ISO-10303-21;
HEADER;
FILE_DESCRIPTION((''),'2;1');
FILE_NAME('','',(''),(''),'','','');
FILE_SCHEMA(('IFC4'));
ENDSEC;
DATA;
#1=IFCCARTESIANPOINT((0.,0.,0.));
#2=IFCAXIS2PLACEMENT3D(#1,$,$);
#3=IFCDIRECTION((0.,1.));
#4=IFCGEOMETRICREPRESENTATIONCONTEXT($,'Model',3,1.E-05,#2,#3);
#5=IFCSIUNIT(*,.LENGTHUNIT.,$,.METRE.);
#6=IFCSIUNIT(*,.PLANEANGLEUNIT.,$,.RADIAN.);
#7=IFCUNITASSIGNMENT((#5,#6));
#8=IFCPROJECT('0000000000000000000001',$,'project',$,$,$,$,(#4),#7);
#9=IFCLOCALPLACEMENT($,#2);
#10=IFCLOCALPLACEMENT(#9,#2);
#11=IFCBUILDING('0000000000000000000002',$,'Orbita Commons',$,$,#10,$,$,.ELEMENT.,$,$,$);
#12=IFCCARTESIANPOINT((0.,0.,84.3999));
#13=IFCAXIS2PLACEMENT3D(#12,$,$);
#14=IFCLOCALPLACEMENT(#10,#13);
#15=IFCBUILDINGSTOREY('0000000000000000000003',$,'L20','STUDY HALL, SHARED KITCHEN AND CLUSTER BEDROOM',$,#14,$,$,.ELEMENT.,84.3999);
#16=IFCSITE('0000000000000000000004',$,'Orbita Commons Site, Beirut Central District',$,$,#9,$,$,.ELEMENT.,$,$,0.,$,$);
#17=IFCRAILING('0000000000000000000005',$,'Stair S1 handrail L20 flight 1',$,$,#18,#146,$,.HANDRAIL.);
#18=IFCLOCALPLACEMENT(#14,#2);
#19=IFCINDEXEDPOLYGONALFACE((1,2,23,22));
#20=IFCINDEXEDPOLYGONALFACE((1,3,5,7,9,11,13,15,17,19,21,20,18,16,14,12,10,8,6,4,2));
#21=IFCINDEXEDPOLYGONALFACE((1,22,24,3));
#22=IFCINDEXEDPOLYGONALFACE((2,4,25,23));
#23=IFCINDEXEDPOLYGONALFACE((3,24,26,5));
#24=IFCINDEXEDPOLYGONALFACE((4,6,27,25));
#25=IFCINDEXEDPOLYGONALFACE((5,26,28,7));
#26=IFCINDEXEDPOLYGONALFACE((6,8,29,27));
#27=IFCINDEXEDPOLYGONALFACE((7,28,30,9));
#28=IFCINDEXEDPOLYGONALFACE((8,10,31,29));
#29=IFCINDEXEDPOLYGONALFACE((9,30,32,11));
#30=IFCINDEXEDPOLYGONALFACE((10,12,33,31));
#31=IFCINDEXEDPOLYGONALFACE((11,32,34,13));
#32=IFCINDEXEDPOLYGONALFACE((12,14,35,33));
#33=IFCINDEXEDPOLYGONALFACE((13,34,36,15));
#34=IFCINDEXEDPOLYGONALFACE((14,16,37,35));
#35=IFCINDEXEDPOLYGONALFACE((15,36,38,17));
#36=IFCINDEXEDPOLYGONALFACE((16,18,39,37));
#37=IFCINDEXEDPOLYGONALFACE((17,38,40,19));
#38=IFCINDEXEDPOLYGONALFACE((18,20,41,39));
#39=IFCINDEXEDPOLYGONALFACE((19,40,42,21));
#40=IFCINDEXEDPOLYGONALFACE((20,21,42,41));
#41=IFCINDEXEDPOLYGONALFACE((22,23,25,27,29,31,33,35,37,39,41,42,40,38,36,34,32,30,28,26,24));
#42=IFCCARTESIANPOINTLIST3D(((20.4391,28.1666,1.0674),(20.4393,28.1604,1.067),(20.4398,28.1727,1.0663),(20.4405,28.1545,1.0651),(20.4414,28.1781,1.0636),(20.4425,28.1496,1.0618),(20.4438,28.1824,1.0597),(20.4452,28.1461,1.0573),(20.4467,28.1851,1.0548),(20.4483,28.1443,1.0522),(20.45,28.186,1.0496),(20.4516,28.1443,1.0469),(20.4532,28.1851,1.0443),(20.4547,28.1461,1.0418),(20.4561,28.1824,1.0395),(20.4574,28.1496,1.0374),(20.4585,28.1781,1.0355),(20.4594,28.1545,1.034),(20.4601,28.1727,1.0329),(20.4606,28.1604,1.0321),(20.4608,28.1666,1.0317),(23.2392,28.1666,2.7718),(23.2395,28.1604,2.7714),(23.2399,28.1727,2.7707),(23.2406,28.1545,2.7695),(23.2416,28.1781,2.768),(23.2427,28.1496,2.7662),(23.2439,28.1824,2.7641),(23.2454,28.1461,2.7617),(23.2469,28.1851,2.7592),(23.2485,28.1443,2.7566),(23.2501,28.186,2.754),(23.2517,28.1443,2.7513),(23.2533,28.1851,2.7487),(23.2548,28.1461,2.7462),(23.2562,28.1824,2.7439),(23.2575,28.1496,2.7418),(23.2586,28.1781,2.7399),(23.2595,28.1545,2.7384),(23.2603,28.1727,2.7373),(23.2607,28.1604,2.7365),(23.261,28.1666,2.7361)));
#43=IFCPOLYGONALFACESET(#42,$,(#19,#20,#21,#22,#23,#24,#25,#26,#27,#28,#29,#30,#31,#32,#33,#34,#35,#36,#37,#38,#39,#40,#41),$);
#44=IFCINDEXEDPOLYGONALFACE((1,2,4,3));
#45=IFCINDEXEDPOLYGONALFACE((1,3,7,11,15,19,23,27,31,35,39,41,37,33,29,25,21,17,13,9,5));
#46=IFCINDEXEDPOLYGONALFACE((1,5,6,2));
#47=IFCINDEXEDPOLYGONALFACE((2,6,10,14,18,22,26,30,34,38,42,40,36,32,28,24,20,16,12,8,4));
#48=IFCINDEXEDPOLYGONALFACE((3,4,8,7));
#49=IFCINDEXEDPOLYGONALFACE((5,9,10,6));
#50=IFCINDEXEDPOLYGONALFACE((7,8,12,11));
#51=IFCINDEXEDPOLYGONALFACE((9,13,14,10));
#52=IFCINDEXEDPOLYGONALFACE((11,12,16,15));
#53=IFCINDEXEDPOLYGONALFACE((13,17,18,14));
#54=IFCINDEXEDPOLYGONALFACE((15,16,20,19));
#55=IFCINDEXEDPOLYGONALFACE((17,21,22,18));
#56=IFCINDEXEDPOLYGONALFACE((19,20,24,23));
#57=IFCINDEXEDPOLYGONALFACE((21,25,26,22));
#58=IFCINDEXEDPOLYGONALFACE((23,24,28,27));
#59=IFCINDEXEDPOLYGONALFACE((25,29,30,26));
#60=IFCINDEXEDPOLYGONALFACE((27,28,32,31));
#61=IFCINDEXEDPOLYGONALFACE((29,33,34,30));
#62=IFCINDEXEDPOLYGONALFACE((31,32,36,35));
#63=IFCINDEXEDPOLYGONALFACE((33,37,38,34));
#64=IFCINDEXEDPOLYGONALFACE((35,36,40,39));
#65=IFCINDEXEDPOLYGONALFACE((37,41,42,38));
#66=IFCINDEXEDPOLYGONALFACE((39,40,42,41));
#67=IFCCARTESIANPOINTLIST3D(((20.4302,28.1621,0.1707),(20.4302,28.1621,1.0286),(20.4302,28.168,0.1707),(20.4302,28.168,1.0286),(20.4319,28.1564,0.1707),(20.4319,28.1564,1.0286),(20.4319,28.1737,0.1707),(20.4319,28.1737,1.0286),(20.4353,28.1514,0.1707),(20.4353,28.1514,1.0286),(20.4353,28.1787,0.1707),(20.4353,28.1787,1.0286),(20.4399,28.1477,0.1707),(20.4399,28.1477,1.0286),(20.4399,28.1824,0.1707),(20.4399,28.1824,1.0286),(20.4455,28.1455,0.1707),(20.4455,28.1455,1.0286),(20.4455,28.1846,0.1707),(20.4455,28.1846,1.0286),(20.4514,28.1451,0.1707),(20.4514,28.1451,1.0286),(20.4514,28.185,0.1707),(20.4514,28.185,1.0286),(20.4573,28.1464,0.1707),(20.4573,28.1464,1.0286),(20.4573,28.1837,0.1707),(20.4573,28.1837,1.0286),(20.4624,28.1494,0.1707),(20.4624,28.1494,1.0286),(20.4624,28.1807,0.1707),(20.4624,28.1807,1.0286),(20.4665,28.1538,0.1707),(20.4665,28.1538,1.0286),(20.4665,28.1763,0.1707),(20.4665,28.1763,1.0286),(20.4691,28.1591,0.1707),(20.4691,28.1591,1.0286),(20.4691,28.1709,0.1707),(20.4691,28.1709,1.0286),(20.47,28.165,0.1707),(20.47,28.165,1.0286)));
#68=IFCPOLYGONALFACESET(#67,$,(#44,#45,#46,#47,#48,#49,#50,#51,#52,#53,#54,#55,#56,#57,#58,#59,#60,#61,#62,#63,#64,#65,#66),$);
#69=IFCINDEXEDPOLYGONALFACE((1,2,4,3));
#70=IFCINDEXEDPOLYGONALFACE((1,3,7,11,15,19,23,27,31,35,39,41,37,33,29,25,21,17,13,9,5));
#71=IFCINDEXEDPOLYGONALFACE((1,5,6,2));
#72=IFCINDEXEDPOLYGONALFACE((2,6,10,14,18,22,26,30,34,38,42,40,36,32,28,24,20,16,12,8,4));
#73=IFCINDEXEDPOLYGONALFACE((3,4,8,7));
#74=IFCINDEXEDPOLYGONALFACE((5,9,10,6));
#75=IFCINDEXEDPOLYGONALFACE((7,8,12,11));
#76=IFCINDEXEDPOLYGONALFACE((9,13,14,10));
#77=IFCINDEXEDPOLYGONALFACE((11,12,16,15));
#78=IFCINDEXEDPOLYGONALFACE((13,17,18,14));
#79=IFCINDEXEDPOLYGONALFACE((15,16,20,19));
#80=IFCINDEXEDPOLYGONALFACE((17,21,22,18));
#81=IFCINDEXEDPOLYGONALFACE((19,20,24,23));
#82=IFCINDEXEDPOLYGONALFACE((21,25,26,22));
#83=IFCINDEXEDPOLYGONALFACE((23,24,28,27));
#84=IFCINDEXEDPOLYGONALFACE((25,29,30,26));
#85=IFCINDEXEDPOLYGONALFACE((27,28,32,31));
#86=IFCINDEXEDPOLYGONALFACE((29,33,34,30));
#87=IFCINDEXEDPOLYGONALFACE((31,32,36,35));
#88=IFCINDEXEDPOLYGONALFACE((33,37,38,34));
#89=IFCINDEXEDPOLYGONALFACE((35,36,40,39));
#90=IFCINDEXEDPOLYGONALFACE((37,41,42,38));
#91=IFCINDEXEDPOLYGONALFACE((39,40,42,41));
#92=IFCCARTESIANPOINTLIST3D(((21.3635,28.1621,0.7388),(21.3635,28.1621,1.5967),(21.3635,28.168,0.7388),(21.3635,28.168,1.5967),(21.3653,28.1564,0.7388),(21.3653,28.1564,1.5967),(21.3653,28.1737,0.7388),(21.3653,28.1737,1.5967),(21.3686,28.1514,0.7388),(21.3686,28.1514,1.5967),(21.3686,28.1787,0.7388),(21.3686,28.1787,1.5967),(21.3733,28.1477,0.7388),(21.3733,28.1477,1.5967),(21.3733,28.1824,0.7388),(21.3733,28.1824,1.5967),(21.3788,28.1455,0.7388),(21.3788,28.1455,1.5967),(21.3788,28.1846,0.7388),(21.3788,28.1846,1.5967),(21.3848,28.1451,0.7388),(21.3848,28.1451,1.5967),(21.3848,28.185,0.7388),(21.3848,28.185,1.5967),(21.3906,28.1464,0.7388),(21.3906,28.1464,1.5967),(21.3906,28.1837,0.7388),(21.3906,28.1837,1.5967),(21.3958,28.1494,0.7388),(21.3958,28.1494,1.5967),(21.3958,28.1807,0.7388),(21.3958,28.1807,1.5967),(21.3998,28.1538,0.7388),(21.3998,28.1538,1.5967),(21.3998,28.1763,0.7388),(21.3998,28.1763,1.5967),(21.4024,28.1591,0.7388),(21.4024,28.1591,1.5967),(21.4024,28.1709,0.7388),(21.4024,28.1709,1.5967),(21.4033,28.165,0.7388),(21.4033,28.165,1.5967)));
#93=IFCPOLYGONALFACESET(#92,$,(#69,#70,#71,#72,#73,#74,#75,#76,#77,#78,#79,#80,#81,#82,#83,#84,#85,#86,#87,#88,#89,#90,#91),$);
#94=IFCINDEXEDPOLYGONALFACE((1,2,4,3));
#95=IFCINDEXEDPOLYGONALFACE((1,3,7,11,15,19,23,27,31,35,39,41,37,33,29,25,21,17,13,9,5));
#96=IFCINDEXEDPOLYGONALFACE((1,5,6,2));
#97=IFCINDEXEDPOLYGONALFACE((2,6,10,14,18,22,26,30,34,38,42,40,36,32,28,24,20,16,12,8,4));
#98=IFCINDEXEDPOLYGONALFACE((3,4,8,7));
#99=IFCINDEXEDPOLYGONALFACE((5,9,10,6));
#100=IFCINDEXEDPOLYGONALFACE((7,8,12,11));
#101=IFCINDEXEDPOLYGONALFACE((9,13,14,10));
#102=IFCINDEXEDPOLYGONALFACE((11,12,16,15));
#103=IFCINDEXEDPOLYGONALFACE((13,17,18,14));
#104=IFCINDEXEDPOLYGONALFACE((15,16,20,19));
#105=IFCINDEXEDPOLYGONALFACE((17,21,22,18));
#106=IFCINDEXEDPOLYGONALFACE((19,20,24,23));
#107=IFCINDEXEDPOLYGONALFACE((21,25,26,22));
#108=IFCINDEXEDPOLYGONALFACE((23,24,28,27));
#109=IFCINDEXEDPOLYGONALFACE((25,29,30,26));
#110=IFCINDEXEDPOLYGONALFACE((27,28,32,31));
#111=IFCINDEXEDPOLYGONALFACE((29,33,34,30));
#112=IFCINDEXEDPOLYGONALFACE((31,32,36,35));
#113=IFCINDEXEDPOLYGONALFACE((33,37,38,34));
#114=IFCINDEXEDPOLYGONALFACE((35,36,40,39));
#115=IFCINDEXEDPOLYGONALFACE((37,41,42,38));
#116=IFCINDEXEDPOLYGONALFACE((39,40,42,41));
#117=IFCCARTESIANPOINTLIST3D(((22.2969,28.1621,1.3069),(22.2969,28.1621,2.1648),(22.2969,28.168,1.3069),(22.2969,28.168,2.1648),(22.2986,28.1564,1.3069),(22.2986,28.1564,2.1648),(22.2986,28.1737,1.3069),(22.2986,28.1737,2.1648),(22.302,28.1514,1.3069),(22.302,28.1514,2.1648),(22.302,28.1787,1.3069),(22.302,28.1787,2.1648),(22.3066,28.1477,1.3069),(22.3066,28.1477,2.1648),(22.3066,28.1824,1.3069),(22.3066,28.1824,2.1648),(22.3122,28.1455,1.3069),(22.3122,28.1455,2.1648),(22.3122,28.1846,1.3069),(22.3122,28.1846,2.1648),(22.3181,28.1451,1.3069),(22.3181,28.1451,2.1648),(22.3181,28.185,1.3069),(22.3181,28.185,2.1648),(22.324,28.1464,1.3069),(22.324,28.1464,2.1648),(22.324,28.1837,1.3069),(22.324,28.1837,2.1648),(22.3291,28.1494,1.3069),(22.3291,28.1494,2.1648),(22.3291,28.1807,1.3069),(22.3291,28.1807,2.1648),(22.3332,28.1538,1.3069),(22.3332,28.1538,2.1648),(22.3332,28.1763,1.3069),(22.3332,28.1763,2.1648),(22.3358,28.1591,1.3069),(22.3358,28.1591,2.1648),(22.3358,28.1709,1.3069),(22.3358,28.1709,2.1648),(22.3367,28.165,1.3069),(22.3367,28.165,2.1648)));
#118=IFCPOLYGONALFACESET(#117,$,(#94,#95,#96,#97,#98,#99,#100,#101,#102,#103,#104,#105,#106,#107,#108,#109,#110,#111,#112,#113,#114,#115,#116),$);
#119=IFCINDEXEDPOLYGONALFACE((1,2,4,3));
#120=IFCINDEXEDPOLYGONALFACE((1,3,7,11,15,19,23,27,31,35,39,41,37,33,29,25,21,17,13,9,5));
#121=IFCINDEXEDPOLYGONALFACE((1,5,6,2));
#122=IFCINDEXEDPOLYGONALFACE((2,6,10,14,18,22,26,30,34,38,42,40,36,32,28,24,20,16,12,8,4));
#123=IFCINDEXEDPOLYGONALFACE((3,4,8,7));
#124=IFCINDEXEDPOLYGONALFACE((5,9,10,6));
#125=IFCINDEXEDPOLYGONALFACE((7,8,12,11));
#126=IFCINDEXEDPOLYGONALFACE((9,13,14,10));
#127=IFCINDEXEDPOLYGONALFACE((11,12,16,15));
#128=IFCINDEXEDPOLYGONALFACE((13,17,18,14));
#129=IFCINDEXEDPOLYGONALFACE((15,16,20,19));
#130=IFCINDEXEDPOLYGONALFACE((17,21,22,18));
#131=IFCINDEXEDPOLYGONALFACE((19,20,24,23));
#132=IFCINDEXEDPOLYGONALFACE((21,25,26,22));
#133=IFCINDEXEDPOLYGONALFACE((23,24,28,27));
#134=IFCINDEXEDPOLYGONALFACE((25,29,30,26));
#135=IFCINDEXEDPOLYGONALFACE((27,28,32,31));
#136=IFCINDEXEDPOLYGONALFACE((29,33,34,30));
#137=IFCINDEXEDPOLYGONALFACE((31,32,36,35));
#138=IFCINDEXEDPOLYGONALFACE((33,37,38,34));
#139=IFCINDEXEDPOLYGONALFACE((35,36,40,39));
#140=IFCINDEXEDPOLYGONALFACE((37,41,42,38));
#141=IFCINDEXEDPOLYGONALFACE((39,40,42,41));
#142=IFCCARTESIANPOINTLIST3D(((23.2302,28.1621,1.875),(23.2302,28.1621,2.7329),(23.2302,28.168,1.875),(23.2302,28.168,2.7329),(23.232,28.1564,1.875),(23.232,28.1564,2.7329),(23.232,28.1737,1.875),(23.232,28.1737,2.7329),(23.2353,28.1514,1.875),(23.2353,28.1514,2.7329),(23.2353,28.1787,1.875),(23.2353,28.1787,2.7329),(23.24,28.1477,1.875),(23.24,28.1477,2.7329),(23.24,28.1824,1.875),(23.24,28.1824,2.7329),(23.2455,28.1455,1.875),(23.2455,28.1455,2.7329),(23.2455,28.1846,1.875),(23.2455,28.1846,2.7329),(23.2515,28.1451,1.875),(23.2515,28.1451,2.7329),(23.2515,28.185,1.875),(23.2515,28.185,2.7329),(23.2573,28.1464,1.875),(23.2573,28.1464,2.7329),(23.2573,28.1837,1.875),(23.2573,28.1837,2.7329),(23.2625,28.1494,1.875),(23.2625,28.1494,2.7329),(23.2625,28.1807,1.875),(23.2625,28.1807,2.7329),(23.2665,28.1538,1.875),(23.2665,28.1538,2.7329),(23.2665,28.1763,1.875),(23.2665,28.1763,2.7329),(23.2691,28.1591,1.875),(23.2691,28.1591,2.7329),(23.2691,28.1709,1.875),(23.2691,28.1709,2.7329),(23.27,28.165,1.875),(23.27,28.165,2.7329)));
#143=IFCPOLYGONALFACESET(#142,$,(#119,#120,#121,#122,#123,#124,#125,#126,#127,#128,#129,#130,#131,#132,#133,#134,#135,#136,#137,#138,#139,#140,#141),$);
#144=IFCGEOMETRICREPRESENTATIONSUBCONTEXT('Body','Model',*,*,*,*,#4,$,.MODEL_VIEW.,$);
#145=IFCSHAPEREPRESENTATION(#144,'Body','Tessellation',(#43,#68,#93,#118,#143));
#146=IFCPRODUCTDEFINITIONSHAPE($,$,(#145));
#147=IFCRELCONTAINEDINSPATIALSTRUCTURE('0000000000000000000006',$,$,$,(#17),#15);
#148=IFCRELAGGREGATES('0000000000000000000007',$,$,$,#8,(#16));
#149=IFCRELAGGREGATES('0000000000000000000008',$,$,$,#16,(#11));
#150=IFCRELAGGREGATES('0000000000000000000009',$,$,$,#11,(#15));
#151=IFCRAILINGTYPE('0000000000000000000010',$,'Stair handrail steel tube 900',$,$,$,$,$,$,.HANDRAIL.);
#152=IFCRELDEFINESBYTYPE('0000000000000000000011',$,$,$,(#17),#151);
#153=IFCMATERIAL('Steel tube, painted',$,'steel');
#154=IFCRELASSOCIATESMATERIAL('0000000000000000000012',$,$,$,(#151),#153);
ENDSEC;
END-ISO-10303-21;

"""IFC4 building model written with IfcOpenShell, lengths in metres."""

from ifc_helpers import new_model, si_unit, direction, frame, origin, origin_2d, place, context, subcontext, project, spatial, circle, extrude, material, type_object, element, save


model = new_model("IFC4")

# Units and contexts
model_context = context("Model", 3, precision=1e-05, world=origin(), true_north=direction((0.0, 1.0)))
body_context = subcontext(model_context, "Body", "Model", "MODEL_VIEW")
ifc_project = project(units=[si_unit("LENGTHUNIT", "METRE"), si_unit("PLANEANGLEUNIT", "RADIAN")], contexts=[model_context])

# Site, building, storey
site_placement = place(None, origin())
site = spatial("IfcSite", under=ifc_project, at=site_placement, Name="Orbita Commons Site, Beirut Central District", CompositionType="ELEMENT", RefElevation=0.0)
building_placement = place(site_placement, origin())
building = spatial("IfcBuilding", under=site, at=building_placement, Name="Orbita Commons", CompositionType="ELEMENT")
storey_placement = place(building_placement, frame((0.0, 0.0, 84.3999)))
storey = spatial("IfcBuildingStorey", under=building, at=storey_placement, Name="L20", Description="STUDY HALL, SHARED KITCHEN AND CLUSTER BEDROOM", CompositionType="ELEMENT", Elevation=84.3999)

# Railing
ifc_material_1 = material(Name="Steel tube, painted", Category="steel")
railing_type = type_object("IfcRailingType", Name="Stair handrail steel tube 900", PredefinedType="HANDRAIL", material=ifc_material_1)
railing_placement = place(storey_placement, frame((20.45, 28.165, 0.1707)))
element("IfcRailing", 1, at=railing_placement, inside=storey, type_object=railing_type, Name="Stair S1 handrail L20 flight 1", PredefinedType="HANDRAIL", context=body_context, shape_type="SweptSolid", body=[
    extrude(circle(Radius=0.021, at=origin_2d()), frame((0.0, 0.0, 0.8789), z_axis=(0.854203, 0.0, 0.51994), x_axis=(0.0, 1.0, 0.0)), (0.0, 0.0, 1.0), 3.2781),
    extrude(circle(Radius=0.02, at=origin_2d()), origin(), (0.0, 0.0, 1.0), 0.8579),
    extrude(circle(Radius=0.02, at=origin_2d()), frame((0.9333, 0.0, 0.5681)), (0.0, 0.0, 1.0), 0.8579),
    extrude(circle(Radius=0.02, at=origin_2d()), frame((1.8667, 0.0, 1.1362)), (0.0, 0.0, 1.0), 0.8579),
    extrude(circle(Radius=0.02, at=origin_2d()), frame((2.8, 0.0, 1.7043)), (0.0, 0.0, 1.0), 0.8579),
])

save(model, "model.ifc")
